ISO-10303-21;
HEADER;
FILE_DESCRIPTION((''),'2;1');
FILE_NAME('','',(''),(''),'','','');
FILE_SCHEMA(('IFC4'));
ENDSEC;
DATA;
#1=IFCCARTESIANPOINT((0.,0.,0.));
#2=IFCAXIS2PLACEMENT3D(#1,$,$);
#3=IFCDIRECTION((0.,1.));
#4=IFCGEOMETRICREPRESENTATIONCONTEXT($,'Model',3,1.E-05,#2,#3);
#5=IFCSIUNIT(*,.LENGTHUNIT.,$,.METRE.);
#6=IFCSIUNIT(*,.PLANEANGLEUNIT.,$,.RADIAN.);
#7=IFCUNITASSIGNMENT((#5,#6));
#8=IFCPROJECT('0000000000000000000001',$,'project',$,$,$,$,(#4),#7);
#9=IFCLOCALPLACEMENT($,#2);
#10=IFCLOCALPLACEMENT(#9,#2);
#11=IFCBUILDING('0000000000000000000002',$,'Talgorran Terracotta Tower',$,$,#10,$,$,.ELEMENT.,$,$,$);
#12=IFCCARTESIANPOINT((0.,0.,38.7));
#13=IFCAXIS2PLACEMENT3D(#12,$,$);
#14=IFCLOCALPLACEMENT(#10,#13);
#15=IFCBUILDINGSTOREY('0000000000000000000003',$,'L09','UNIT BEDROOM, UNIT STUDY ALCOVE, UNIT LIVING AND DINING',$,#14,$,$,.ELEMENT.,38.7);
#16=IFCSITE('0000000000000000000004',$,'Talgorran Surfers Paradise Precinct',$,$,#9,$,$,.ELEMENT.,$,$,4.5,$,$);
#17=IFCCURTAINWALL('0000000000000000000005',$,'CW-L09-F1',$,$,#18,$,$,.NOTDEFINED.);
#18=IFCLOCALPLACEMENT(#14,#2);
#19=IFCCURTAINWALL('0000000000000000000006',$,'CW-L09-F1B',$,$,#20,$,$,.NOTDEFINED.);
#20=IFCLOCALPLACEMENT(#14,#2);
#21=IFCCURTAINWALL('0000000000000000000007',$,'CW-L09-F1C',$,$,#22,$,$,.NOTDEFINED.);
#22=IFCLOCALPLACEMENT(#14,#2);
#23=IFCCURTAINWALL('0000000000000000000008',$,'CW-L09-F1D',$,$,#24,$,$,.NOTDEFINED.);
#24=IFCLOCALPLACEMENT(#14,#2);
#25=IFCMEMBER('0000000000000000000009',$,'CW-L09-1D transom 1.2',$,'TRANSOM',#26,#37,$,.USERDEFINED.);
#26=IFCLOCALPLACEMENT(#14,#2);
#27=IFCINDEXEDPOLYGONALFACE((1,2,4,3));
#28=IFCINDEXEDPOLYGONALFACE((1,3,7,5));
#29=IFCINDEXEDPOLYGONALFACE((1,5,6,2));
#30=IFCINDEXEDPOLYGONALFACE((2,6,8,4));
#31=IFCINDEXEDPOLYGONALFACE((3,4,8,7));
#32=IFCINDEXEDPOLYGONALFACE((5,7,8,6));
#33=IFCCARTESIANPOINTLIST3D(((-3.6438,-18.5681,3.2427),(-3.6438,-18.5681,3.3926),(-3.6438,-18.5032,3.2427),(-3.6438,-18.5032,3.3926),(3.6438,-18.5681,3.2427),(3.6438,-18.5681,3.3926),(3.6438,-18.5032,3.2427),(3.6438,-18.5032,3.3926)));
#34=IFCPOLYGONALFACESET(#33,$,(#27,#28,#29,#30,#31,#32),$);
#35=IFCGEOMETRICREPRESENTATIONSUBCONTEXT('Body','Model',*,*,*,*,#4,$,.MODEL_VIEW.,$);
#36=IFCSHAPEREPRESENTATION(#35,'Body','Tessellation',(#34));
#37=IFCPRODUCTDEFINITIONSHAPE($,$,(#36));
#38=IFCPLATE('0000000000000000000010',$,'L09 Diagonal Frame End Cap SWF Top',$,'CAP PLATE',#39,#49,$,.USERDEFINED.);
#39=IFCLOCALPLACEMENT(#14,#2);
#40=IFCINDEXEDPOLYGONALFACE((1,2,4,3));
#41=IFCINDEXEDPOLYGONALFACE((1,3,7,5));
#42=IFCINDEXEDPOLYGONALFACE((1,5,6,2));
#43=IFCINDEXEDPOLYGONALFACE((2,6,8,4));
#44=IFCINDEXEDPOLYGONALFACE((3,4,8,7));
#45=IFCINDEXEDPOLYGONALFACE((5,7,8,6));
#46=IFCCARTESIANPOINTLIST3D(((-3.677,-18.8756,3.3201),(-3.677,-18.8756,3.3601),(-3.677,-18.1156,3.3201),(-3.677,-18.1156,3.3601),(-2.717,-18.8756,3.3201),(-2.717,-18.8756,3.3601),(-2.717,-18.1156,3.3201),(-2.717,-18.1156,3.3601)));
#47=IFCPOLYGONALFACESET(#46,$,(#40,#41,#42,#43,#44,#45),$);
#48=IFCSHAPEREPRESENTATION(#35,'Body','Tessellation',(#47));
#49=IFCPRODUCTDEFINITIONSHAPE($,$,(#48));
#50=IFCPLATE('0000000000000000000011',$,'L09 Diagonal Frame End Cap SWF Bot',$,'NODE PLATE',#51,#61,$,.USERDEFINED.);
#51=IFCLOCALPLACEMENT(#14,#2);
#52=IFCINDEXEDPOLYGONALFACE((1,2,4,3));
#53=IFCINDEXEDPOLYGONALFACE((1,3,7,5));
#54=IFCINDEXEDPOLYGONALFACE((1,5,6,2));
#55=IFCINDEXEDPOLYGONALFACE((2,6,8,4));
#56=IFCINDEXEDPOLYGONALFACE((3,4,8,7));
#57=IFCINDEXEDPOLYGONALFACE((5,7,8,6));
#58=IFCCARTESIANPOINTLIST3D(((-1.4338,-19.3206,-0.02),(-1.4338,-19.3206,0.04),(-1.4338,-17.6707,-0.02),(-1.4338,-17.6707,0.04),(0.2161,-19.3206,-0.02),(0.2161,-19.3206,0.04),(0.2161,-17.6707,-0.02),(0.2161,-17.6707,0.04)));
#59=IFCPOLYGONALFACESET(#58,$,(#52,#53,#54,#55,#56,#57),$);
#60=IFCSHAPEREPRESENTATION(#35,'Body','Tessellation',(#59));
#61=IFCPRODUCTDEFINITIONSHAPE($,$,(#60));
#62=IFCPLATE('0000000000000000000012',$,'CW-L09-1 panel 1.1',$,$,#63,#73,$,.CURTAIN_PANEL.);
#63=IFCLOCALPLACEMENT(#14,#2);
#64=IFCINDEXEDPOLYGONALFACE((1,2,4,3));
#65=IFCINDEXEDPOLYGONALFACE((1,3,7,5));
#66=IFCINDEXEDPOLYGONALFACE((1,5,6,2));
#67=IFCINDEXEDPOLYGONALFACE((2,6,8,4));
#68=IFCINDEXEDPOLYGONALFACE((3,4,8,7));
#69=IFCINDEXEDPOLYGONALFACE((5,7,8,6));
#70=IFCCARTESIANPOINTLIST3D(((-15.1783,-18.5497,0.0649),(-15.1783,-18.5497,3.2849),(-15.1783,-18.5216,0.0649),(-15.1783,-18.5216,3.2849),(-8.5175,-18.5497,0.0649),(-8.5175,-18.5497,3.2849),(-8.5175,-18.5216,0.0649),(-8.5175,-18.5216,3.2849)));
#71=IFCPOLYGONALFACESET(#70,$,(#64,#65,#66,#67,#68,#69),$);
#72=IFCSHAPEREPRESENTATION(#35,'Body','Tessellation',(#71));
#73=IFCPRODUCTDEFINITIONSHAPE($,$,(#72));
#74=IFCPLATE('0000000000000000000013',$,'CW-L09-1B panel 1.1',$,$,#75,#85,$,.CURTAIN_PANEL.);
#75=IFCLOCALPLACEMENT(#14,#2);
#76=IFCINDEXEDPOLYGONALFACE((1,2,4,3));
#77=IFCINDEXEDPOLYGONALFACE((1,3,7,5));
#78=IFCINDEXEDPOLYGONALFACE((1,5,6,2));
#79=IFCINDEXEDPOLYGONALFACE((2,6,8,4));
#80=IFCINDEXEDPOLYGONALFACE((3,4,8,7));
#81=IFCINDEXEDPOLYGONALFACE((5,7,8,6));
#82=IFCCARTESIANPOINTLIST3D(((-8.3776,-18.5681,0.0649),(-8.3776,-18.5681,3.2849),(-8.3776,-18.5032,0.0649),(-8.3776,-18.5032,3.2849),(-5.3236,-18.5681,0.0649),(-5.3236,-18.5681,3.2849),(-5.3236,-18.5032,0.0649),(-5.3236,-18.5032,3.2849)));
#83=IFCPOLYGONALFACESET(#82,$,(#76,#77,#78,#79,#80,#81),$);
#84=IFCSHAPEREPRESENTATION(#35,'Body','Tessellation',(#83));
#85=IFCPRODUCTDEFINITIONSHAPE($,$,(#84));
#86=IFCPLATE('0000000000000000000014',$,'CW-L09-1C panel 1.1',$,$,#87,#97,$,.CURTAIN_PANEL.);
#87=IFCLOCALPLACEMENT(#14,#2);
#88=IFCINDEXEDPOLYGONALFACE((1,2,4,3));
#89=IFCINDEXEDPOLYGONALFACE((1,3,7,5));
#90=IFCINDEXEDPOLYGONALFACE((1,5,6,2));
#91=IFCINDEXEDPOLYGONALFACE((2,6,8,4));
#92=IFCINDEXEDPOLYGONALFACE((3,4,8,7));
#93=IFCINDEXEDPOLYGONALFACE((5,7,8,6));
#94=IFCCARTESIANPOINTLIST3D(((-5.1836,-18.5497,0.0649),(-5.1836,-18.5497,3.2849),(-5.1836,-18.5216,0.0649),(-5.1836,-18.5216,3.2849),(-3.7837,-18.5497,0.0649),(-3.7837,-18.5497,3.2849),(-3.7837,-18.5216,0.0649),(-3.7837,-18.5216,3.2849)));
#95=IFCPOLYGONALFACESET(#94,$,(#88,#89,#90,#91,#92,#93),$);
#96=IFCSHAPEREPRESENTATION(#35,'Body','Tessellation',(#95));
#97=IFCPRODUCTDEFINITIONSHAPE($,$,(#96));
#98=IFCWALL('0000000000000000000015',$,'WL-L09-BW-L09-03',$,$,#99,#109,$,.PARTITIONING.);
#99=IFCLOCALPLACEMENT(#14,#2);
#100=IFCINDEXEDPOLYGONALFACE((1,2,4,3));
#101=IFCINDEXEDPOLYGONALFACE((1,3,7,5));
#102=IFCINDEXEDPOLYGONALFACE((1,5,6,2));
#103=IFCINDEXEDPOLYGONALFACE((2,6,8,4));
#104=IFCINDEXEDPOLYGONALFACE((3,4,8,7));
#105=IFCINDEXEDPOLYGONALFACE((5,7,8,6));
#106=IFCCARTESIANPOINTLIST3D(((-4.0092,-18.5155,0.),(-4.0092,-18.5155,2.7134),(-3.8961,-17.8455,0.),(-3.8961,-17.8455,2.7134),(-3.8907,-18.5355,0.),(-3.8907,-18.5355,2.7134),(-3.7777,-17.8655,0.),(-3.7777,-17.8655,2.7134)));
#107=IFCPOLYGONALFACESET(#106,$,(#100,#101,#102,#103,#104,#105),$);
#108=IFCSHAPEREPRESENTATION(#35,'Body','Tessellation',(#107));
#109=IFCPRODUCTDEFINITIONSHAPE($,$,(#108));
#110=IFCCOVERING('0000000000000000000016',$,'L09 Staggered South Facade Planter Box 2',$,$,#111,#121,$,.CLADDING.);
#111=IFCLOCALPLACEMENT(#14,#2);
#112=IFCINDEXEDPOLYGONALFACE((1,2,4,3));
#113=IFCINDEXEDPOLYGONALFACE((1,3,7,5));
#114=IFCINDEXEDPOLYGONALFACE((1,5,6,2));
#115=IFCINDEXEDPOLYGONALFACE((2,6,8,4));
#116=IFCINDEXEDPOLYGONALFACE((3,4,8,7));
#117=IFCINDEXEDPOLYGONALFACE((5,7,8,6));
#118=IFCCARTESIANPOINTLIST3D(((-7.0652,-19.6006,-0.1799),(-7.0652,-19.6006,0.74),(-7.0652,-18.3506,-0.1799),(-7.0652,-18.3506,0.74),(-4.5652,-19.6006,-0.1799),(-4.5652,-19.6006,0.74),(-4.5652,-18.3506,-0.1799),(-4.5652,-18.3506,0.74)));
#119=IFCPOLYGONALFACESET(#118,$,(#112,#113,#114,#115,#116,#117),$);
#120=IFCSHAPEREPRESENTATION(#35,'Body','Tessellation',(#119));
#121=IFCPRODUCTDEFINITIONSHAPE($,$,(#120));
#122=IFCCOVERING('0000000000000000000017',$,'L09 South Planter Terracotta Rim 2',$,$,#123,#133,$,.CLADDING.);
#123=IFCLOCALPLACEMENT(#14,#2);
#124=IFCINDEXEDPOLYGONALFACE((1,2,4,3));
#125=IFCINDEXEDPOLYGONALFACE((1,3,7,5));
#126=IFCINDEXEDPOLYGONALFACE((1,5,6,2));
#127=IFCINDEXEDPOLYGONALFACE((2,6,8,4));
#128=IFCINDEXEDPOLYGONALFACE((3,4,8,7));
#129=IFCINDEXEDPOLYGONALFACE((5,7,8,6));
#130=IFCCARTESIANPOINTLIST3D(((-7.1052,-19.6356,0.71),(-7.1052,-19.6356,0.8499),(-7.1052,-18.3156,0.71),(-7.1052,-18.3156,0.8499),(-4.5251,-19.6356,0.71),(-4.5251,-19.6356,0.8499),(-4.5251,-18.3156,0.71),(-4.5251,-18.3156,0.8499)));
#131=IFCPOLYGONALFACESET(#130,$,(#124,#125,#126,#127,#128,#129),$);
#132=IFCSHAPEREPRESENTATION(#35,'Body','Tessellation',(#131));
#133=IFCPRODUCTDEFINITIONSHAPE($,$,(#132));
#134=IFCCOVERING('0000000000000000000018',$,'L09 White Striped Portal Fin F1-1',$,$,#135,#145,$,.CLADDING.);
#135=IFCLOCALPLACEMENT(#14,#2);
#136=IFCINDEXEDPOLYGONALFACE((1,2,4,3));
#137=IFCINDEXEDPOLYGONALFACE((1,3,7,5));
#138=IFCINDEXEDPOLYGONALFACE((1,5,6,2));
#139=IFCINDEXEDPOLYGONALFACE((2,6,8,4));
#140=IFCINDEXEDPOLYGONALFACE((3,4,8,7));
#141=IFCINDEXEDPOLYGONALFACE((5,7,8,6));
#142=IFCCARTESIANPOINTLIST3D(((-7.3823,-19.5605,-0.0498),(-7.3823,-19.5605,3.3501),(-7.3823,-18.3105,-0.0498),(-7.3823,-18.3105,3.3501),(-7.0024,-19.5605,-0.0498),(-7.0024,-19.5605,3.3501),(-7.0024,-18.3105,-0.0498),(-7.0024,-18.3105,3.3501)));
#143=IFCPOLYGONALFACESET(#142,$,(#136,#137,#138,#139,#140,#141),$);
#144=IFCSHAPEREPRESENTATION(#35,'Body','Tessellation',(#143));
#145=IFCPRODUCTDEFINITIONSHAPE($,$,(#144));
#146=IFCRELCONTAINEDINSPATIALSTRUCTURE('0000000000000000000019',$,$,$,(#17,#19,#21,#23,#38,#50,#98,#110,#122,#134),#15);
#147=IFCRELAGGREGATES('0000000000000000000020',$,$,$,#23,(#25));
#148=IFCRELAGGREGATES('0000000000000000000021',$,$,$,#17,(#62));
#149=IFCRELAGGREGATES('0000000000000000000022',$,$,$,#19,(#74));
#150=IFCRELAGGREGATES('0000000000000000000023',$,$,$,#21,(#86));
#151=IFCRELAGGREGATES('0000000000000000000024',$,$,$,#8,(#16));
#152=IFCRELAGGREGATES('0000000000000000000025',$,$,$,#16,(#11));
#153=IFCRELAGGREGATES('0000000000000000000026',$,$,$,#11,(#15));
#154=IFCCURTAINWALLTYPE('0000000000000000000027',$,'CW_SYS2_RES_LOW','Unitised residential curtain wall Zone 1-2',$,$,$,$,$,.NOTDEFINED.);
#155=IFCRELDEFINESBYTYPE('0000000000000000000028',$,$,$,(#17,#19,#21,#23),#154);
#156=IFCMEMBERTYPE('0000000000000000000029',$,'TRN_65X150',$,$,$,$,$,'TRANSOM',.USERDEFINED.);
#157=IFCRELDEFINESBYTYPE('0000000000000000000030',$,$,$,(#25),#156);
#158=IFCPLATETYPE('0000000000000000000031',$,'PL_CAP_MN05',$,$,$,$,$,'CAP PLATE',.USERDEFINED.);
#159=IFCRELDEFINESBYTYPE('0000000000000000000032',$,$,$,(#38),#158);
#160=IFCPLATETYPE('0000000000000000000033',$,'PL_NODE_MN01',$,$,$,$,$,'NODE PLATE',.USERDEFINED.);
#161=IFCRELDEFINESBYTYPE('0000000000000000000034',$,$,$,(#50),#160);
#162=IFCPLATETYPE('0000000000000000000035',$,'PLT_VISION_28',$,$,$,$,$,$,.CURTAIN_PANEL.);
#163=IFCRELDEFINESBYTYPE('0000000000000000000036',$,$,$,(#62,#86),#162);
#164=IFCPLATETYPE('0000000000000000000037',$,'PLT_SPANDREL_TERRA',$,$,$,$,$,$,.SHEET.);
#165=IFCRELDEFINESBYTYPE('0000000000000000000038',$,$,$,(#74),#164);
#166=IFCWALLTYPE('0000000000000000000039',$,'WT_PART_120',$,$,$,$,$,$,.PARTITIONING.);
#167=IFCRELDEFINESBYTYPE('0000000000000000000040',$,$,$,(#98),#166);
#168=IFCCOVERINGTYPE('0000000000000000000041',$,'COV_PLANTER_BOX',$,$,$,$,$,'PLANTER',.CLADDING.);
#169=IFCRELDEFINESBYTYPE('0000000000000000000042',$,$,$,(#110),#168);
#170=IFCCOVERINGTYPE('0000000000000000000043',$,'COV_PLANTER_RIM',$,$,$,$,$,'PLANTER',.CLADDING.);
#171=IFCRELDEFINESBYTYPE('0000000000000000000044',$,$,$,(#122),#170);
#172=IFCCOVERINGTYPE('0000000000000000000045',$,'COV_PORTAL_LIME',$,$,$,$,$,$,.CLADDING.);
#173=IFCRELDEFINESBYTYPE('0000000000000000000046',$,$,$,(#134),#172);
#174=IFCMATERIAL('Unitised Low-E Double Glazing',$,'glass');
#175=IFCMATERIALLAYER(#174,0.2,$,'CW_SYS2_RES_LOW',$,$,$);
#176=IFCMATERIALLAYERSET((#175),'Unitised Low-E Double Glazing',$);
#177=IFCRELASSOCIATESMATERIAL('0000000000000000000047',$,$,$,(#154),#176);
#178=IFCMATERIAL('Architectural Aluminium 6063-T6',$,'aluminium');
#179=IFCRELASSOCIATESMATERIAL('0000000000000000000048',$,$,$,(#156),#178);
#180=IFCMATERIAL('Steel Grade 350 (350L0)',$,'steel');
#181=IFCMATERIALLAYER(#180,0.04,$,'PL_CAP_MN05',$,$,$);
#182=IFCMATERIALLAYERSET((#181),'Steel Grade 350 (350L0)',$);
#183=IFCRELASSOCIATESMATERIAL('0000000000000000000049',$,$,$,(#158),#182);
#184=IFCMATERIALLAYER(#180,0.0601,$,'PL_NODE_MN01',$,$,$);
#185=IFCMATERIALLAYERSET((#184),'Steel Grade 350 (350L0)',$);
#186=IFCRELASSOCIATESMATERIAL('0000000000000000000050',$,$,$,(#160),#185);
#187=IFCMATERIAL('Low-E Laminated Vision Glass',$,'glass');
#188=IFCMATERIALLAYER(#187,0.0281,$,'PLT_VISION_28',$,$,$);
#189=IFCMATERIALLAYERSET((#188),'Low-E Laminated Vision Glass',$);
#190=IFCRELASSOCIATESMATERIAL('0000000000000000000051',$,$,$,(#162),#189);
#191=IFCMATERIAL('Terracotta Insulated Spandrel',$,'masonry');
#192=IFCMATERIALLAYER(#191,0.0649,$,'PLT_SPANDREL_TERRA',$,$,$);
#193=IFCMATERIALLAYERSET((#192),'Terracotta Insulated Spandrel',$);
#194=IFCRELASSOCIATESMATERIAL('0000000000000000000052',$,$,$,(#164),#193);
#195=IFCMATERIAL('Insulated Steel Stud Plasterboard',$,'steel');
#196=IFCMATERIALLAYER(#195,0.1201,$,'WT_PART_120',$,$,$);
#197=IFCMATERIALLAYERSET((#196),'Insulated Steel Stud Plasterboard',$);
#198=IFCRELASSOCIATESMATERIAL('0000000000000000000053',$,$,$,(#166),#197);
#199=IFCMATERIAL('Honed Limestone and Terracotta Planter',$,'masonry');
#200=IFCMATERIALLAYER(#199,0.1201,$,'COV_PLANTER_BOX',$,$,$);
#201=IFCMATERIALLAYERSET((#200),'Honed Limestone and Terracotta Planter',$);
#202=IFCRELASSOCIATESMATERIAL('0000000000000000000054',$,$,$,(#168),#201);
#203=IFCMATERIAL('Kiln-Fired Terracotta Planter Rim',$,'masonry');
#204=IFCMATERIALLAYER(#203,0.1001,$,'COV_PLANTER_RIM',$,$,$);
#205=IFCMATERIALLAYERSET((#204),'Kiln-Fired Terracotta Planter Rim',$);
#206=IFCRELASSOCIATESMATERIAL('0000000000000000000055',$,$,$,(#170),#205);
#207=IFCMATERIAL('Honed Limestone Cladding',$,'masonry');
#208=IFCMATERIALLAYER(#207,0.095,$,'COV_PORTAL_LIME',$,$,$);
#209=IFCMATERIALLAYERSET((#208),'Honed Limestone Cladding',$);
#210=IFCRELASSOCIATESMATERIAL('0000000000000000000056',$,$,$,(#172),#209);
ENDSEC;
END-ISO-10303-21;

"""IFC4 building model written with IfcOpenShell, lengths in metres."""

from ifc_helpers import new_model, si_unit, direction, frame, frame_2d, origin, origin_2d, place, context, subcontext, project, spatial, rectangle, extrude, source, transform, mapped, material, layer, layer_set, material_profile, profile_set, type_object, type_shapes, element, aggregate, save


model = new_model("IFC4")

# Units and contexts
model_context = context("Model", 3, precision=1e-05, world=origin(), true_north=direction((0.0, 1.0)))
body_context = subcontext(model_context, "Body", "Model", "MODEL_VIEW")
ifc_project = project(units=[si_unit("LENGTHUNIT", "METRE"), si_unit("PLANEANGLEUNIT", "RADIAN")], contexts=[model_context])

# Site, building, storey
site_placement = place(None, origin())
site = spatial("IfcSite", under=ifc_project, at=site_placement, Name="Talgorran Surfers Paradise Precinct", CompositionType="ELEMENT", RefElevation=4.5)
building_placement = place(site_placement, origin())
building = spatial("IfcBuilding", under=site, at=building_placement, Name="Talgorran Terracotta Tower", CompositionType="ELEMENT")
storey_placement = place(building_placement, frame((0.0, 0.0, 38.7)))
storey = spatial("IfcBuildingStorey", under=building, at=storey_placement, Name="L09", Description="UNIT BEDROOM, UNIT STUDY ALCOVE, UNIT LIVING AND DINING", CompositionType="ELEMENT", Elevation=38.7)

# Shared definitions
ifc_material_1 = material(Name="Steel Grade 350 (350L0)", Category="steel")

# Curtain wall
ifc_material_2 = material(Name="Unitised Low-E Double Glazing", Category="glass")
ifc_layer_1 = layer(ifc_material_2, 0.2, Name="CW_SYS2_RES_LOW")
ifc_layer_set_1 = layer_set([ifc_layer_1], Name="Unitised Low-E Double Glazing")
curtain_wall_type = type_object("IfcCurtainWallType", Name="CW_SYS2_RES_LOW", Description="Unitised residential curtain wall Zone 1-2", PredefinedType="NOTDEFINED", material=ifc_layer_set_1)
curtain_wall_1_placement = place(storey_placement, origin())
curtain_wall_1 = element("IfcCurtainWall", 1, at=curtain_wall_1_placement, inside=storey, type_object=curtain_wall_type, Name="CW-L09-F1", PredefinedType="NOTDEFINED")
ifc_material_3 = material(Name="Architectural Aluminium 6063-T6", Category="aluminium")

# Curtain walls
curtain_wall_2_placement = place(storey_placement, origin())
curtain_wall_2 = element("IfcCurtainWall", 2, at=curtain_wall_2_placement, inside=storey, type_object=curtain_wall_type, Name="CW-L09-F1B", PredefinedType="NOTDEFINED")
curtain_wall_3_placement = place(storey_placement, origin())
curtain_wall_3 = element("IfcCurtainWall", 3, at=curtain_wall_3_placement, inside=storey, type_object=curtain_wall_type, Name="CW-L09-F1C", PredefinedType="NOTDEFINED")

# Curtain wall
curtain_wall_4_placement = place(storey_placement, origin())
curtain_wall_4 = element("IfcCurtainWall", 4, at=curtain_wall_4_placement, inside=storey, type_object=curtain_wall_type, Name="CW-L09-F1D", PredefinedType="NOTDEFINED")

# Member
ifc_material_profile_1 = material_profile(ifc_material_3, rectangle(XDim=0.0649, YDim=0.1499, at=origin_2d()), Name="CWT65X150")
ifc_profile_set_1 = profile_set([ifc_material_profile_1], Name="Architectural Aluminium 6063-T6")
member_type_1 = type_object("IfcMemberType", Name="TRN_65X150", ElementType="TRANSOM", PredefinedType="USERDEFINED", material=ifc_profile_set_1)
member_1_placement = place(storey_placement, frame((-3.6438, -18.5356, 3.3176), z_axis=(1.0, 0.0, 0.0), x_axis=(0.0, 1.0, 0.0)))
member_1 = element("IfcMember", 5, at=member_1_placement, type_object=member_type_1, Name="CW-L09-1D transom 1.2", ObjectType="TRANSOM", PredefinedType="USERDEFINED", context=body_context, shape_type="SweptSolid", body=[
    extrude(rectangle(XDim=0.0649, YDim=0.1499, at=origin_2d()), origin(), (0.0, 0.0, 1.0), 7.2876),
])
aggregate(curtain_wall_4, [member_1])

# Plates
ifc_layer_2 = layer(ifc_material_1, 0.04, Name="PL_CAP_MN05")
ifc_layer_set_2 = layer_set([ifc_layer_2], Name="Steel Grade 350 (350L0)")
plate_type_1 = type_object("IfcPlateType", Name="PL_CAP_MN05", ElementType="CAP PLATE", PredefinedType="USERDEFINED", material=ifc_layer_set_2)
plate_1_placement = place(storey_placement, frame((-3.197, -18.4956, 3.3201), z_axis=(0.0, 0.0, 1.0), x_axis=(-1.0, 0.0, 0.0)))
element("IfcPlate", 6, at=plate_1_placement, inside=storey, type_object=plate_type_1, Name="L09 Diagonal Frame End Cap SWF Top", ObjectType="CAP PLATE", PredefinedType="USERDEFINED", context=body_context, shape_type="SweptSolid", body=[
    extrude(rectangle(XDim=0.96, YDim=0.76, at=origin_2d()), origin(), (0.0, 0.0, 1.0), 0.04),
])
ifc_layer_3 = layer(ifc_material_1, 0.0601, Name="PL_NODE_MN01")
ifc_layer_set_3 = layer_set([ifc_layer_3], Name="Steel Grade 350 (350L0)")
plate_type_2 = type_object("IfcPlateType", Name="PL_NODE_MN01", ElementType="NODE PLATE", PredefinedType="USERDEFINED", material=ifc_layer_set_3)
plate_2_placement = place(storey_placement, frame((-0.6089, -18.4956, -0.02), z_axis=(0.0, 0.0, 1.0), x_axis=(-1.0, 0.0, 0.0)))
element("IfcPlate", 7, at=plate_2_placement, inside=storey, type_object=plate_type_2, Name="L09 Diagonal Frame End Cap SWF Bot", ObjectType="NODE PLATE", PredefinedType="USERDEFINED", context=body_context, shape_type="SweptSolid", body=[
    extrude(rectangle(XDim=1.6499, YDim=1.6499, at=origin_2d()), origin(), (0.0, 0.0, 1.0), 0.0601),
])

# Plates
ifc_material_4 = material(Name="Low-E Laminated Vision Glass", Category="glass")
ifc_layer_4 = layer(ifc_material_4, 0.0281, Name="PLT_VISION_28")
ifc_layer_set_4 = layer_set([ifc_layer_4], Name="Low-E Laminated Vision Glass")
plate_type_3 = type_object("IfcPlateType", Name="PLT_VISION_28", PredefinedType="CURTAIN_PANEL", material=ifc_layer_set_4)
shared_shape_1 = source(origin(), body_context, "Body", "SweptSolid", [
    extrude(rectangle(XDim=6.6609, YDim=0.0281, at=origin_2d()), origin(), (0.0, 0.0, 1.0), 3.22),
])
plate_3_placement = place(storey_placement, frame((-11.8479, -18.5356, 0.0649), z_axis=(0.0, 0.0, 1.0), x_axis=(1.0, 0.0, 0.0)))
plate_3 = element("IfcPlate", 8, at=plate_3_placement, type_object=plate_type_3, Name="CW-L09-1 panel 1.1", PredefinedType="CURTAIN_PANEL", context=body_context, shape_type="MappedRepresentation", body=[
    mapped(shared_shape_1, transform((0.0, 0.0, 0.0), scale=1.0)),
])
aggregate(curtain_wall_1, [plate_3])
ifc_material_5 = material(Name="Terracotta Insulated Spandrel", Category="masonry")
ifc_layer_5 = layer(ifc_material_5, 0.0649, Name="PLT_SPANDREL_TERRA")
ifc_layer_set_5 = layer_set([ifc_layer_5], Name="Terracotta Insulated Spandrel")
plate_type_4 = type_object("IfcPlateType", Name="PLT_SPANDREL_TERRA", PredefinedType="SHEET", material=ifc_layer_set_5)
shared_shape_2 = source(origin(), body_context, "Body", "SweptSolid", [
    extrude(rectangle(XDim=3.054, YDim=0.0649, at=origin_2d()), origin(), (0.0, 0.0, 1.0), 3.22),
])
type_shapes(plate_type_4, [shared_shape_2])
plate_4_placement = place(storey_placement, frame((-6.8506, -18.5356, 0.0649), z_axis=(0.0, 0.0, 1.0), x_axis=(1.0, 0.0, 0.0)))
plate_4 = element("IfcPlate", 9, at=plate_4_placement, type_object=plate_type_4, Name="CW-L09-1B panel 1.1", PredefinedType="CURTAIN_PANEL", context=body_context, shape_type="MappedRepresentation", body=[
    mapped(shared_shape_2, transform((0.0, 0.0, 0.0), scale=1.0)),
])
aggregate(curtain_wall_2, [plate_4])
shared_shape_3 = source(origin(), body_context, "Body", "SweptSolid", [
    extrude(rectangle(XDim=1.3999, YDim=0.0281, at=origin_2d()), origin(), (0.0, 0.0, 1.0), 3.22),
])
type_shapes(plate_type_3, [shared_shape_1, shared_shape_3])
plate_5_placement = place(storey_placement, frame((-4.4836, -18.5356, 0.0649), z_axis=(0.0, 0.0, 1.0), x_axis=(1.0, 0.0, 0.0)))
plate_5 = element("IfcPlate", 10, at=plate_5_placement, type_object=plate_type_3, Name="CW-L09-1C panel 1.1", PredefinedType="CURTAIN_PANEL", context=body_context, shape_type="MappedRepresentation", body=[
    mapped(shared_shape_3, transform((0.0, 0.0, 0.0), scale=1.0)),
])
aggregate(curtain_wall_3, [plate_5])

# Wall
ifc_material_6 = material(Name="Insulated Steel Stud Plasterboard", Category="steel")
ifc_layer_6 = layer(ifc_material_6, 0.1201, Name="WT_PART_120")
ifc_layer_set_6 = layer_set([ifc_layer_6], Name="Insulated Steel Stud Plasterboard")
wall_type = type_object("IfcWallType", Name="WT_PART_120", PredefinedType="PARTITIONING", material=ifc_layer_set_6)
wall_placement = place(storey_placement, frame((-3.95, -18.5256, 0.0), z_axis=(0.0, 0.0, 1.0), x_axis=(0.16638, 0.986062, 0.0)))
element("IfcWall", 11, at=wall_placement, inside=storey, type_object=wall_type, Name="WL-L09-BW-L09-03", PredefinedType="PARTITIONING", context=body_context, shape_type="SweptSolid", body=[
    extrude(rectangle(XDim=0.6794, YDim=0.1201, at=frame_2d((0.3398, 0.0))), origin(), (0.0, 0.0, 1.0), 2.7134),
])

# Coverings
ifc_material_7 = material(Name="Honed Limestone and Terracotta Planter", Category="masonry")
ifc_layer_7 = layer(ifc_material_7, 0.1201, Name="COV_PLANTER_BOX")
ifc_layer_set_7 = layer_set([ifc_layer_7], Name="Honed Limestone and Terracotta Planter")
covering_type_1 = type_object("IfcCoveringType", Name="COV_PLANTER_BOX", ElementType="PLANTER", PredefinedType="CLADDING", material=ifc_layer_set_7)
covering_1_placement = place(storey_placement, frame((-5.8152, -18.9756, -0.1799), z_axis=(0.0, 0.0, 1.0), x_axis=(1.0, 0.0, 0.0)))
element("IfcCovering", 12, at=covering_1_placement, inside=storey, type_object=covering_type_1, Name="L09 Staggered South Facade Planter Box 2", PredefinedType="CLADDING", context=body_context, shape_type="SweptSolid", body=[
    extrude(rectangle(XDim=2.5, YDim=1.25, at=origin_2d()), origin(), (0.0, 0.0, 1.0), 0.9199),
])
ifc_material_8 = material(Name="Kiln-Fired Terracotta Planter Rim", Category="masonry")
ifc_layer_8 = layer(ifc_material_8, 0.1001, Name="COV_PLANTER_RIM")
ifc_layer_set_8 = layer_set([ifc_layer_8], Name="Kiln-Fired Terracotta Planter Rim")
covering_type_2 = type_object("IfcCoveringType", Name="COV_PLANTER_RIM", ElementType="PLANTER", PredefinedType="CLADDING", material=ifc_layer_set_8)
covering_2_placement = place(storey_placement, frame((-5.8152, -18.9756, 0.71), z_axis=(0.0, 0.0, 1.0), x_axis=(1.0, 0.0, 0.0)))
element("IfcCovering", 13, at=covering_2_placement, inside=storey, type_object=covering_type_2, Name="L09 South Planter Terracotta Rim 2", PredefinedType="CLADDING", context=body_context, shape_type="SweptSolid", body=[
    extrude(rectangle(XDim=2.5801, YDim=1.3201, at=origin_2d()), origin(), (0.0, 0.0, 1.0), 0.1399),
])
ifc_material_9 = material(Name="Honed Limestone Cladding", Category="masonry")
ifc_layer_9 = layer(ifc_material_9, 0.095, Name="COV_PORTAL_LIME")
ifc_layer_set_9 = layer_set([ifc_layer_9], Name="Honed Limestone Cladding")
covering_type_3 = type_object("IfcCoveringType", Name="COV_PORTAL_LIME", PredefinedType="CLADDING", material=ifc_layer_set_9)
covering_3_placement = place(storey_placement, frame((-7.1924, -18.9355, -0.0498), z_axis=(0.0, 0.0, 1.0), x_axis=(1.0, 0.0, 0.0)))
element("IfcCovering", 14, at=covering_3_placement, inside=storey, type_object=covering_type_3, Name="L09 White Striped Portal Fin F1-1", PredefinedType="CLADDING", context=body_context, shape_type="SweptSolid", body=[
    extrude(rectangle(XDim=0.3799, YDim=1.25, at=origin_2d()), origin(), (0.0, 0.0, 1.0), 3.3999),
])

save(model, "model.ifc")
